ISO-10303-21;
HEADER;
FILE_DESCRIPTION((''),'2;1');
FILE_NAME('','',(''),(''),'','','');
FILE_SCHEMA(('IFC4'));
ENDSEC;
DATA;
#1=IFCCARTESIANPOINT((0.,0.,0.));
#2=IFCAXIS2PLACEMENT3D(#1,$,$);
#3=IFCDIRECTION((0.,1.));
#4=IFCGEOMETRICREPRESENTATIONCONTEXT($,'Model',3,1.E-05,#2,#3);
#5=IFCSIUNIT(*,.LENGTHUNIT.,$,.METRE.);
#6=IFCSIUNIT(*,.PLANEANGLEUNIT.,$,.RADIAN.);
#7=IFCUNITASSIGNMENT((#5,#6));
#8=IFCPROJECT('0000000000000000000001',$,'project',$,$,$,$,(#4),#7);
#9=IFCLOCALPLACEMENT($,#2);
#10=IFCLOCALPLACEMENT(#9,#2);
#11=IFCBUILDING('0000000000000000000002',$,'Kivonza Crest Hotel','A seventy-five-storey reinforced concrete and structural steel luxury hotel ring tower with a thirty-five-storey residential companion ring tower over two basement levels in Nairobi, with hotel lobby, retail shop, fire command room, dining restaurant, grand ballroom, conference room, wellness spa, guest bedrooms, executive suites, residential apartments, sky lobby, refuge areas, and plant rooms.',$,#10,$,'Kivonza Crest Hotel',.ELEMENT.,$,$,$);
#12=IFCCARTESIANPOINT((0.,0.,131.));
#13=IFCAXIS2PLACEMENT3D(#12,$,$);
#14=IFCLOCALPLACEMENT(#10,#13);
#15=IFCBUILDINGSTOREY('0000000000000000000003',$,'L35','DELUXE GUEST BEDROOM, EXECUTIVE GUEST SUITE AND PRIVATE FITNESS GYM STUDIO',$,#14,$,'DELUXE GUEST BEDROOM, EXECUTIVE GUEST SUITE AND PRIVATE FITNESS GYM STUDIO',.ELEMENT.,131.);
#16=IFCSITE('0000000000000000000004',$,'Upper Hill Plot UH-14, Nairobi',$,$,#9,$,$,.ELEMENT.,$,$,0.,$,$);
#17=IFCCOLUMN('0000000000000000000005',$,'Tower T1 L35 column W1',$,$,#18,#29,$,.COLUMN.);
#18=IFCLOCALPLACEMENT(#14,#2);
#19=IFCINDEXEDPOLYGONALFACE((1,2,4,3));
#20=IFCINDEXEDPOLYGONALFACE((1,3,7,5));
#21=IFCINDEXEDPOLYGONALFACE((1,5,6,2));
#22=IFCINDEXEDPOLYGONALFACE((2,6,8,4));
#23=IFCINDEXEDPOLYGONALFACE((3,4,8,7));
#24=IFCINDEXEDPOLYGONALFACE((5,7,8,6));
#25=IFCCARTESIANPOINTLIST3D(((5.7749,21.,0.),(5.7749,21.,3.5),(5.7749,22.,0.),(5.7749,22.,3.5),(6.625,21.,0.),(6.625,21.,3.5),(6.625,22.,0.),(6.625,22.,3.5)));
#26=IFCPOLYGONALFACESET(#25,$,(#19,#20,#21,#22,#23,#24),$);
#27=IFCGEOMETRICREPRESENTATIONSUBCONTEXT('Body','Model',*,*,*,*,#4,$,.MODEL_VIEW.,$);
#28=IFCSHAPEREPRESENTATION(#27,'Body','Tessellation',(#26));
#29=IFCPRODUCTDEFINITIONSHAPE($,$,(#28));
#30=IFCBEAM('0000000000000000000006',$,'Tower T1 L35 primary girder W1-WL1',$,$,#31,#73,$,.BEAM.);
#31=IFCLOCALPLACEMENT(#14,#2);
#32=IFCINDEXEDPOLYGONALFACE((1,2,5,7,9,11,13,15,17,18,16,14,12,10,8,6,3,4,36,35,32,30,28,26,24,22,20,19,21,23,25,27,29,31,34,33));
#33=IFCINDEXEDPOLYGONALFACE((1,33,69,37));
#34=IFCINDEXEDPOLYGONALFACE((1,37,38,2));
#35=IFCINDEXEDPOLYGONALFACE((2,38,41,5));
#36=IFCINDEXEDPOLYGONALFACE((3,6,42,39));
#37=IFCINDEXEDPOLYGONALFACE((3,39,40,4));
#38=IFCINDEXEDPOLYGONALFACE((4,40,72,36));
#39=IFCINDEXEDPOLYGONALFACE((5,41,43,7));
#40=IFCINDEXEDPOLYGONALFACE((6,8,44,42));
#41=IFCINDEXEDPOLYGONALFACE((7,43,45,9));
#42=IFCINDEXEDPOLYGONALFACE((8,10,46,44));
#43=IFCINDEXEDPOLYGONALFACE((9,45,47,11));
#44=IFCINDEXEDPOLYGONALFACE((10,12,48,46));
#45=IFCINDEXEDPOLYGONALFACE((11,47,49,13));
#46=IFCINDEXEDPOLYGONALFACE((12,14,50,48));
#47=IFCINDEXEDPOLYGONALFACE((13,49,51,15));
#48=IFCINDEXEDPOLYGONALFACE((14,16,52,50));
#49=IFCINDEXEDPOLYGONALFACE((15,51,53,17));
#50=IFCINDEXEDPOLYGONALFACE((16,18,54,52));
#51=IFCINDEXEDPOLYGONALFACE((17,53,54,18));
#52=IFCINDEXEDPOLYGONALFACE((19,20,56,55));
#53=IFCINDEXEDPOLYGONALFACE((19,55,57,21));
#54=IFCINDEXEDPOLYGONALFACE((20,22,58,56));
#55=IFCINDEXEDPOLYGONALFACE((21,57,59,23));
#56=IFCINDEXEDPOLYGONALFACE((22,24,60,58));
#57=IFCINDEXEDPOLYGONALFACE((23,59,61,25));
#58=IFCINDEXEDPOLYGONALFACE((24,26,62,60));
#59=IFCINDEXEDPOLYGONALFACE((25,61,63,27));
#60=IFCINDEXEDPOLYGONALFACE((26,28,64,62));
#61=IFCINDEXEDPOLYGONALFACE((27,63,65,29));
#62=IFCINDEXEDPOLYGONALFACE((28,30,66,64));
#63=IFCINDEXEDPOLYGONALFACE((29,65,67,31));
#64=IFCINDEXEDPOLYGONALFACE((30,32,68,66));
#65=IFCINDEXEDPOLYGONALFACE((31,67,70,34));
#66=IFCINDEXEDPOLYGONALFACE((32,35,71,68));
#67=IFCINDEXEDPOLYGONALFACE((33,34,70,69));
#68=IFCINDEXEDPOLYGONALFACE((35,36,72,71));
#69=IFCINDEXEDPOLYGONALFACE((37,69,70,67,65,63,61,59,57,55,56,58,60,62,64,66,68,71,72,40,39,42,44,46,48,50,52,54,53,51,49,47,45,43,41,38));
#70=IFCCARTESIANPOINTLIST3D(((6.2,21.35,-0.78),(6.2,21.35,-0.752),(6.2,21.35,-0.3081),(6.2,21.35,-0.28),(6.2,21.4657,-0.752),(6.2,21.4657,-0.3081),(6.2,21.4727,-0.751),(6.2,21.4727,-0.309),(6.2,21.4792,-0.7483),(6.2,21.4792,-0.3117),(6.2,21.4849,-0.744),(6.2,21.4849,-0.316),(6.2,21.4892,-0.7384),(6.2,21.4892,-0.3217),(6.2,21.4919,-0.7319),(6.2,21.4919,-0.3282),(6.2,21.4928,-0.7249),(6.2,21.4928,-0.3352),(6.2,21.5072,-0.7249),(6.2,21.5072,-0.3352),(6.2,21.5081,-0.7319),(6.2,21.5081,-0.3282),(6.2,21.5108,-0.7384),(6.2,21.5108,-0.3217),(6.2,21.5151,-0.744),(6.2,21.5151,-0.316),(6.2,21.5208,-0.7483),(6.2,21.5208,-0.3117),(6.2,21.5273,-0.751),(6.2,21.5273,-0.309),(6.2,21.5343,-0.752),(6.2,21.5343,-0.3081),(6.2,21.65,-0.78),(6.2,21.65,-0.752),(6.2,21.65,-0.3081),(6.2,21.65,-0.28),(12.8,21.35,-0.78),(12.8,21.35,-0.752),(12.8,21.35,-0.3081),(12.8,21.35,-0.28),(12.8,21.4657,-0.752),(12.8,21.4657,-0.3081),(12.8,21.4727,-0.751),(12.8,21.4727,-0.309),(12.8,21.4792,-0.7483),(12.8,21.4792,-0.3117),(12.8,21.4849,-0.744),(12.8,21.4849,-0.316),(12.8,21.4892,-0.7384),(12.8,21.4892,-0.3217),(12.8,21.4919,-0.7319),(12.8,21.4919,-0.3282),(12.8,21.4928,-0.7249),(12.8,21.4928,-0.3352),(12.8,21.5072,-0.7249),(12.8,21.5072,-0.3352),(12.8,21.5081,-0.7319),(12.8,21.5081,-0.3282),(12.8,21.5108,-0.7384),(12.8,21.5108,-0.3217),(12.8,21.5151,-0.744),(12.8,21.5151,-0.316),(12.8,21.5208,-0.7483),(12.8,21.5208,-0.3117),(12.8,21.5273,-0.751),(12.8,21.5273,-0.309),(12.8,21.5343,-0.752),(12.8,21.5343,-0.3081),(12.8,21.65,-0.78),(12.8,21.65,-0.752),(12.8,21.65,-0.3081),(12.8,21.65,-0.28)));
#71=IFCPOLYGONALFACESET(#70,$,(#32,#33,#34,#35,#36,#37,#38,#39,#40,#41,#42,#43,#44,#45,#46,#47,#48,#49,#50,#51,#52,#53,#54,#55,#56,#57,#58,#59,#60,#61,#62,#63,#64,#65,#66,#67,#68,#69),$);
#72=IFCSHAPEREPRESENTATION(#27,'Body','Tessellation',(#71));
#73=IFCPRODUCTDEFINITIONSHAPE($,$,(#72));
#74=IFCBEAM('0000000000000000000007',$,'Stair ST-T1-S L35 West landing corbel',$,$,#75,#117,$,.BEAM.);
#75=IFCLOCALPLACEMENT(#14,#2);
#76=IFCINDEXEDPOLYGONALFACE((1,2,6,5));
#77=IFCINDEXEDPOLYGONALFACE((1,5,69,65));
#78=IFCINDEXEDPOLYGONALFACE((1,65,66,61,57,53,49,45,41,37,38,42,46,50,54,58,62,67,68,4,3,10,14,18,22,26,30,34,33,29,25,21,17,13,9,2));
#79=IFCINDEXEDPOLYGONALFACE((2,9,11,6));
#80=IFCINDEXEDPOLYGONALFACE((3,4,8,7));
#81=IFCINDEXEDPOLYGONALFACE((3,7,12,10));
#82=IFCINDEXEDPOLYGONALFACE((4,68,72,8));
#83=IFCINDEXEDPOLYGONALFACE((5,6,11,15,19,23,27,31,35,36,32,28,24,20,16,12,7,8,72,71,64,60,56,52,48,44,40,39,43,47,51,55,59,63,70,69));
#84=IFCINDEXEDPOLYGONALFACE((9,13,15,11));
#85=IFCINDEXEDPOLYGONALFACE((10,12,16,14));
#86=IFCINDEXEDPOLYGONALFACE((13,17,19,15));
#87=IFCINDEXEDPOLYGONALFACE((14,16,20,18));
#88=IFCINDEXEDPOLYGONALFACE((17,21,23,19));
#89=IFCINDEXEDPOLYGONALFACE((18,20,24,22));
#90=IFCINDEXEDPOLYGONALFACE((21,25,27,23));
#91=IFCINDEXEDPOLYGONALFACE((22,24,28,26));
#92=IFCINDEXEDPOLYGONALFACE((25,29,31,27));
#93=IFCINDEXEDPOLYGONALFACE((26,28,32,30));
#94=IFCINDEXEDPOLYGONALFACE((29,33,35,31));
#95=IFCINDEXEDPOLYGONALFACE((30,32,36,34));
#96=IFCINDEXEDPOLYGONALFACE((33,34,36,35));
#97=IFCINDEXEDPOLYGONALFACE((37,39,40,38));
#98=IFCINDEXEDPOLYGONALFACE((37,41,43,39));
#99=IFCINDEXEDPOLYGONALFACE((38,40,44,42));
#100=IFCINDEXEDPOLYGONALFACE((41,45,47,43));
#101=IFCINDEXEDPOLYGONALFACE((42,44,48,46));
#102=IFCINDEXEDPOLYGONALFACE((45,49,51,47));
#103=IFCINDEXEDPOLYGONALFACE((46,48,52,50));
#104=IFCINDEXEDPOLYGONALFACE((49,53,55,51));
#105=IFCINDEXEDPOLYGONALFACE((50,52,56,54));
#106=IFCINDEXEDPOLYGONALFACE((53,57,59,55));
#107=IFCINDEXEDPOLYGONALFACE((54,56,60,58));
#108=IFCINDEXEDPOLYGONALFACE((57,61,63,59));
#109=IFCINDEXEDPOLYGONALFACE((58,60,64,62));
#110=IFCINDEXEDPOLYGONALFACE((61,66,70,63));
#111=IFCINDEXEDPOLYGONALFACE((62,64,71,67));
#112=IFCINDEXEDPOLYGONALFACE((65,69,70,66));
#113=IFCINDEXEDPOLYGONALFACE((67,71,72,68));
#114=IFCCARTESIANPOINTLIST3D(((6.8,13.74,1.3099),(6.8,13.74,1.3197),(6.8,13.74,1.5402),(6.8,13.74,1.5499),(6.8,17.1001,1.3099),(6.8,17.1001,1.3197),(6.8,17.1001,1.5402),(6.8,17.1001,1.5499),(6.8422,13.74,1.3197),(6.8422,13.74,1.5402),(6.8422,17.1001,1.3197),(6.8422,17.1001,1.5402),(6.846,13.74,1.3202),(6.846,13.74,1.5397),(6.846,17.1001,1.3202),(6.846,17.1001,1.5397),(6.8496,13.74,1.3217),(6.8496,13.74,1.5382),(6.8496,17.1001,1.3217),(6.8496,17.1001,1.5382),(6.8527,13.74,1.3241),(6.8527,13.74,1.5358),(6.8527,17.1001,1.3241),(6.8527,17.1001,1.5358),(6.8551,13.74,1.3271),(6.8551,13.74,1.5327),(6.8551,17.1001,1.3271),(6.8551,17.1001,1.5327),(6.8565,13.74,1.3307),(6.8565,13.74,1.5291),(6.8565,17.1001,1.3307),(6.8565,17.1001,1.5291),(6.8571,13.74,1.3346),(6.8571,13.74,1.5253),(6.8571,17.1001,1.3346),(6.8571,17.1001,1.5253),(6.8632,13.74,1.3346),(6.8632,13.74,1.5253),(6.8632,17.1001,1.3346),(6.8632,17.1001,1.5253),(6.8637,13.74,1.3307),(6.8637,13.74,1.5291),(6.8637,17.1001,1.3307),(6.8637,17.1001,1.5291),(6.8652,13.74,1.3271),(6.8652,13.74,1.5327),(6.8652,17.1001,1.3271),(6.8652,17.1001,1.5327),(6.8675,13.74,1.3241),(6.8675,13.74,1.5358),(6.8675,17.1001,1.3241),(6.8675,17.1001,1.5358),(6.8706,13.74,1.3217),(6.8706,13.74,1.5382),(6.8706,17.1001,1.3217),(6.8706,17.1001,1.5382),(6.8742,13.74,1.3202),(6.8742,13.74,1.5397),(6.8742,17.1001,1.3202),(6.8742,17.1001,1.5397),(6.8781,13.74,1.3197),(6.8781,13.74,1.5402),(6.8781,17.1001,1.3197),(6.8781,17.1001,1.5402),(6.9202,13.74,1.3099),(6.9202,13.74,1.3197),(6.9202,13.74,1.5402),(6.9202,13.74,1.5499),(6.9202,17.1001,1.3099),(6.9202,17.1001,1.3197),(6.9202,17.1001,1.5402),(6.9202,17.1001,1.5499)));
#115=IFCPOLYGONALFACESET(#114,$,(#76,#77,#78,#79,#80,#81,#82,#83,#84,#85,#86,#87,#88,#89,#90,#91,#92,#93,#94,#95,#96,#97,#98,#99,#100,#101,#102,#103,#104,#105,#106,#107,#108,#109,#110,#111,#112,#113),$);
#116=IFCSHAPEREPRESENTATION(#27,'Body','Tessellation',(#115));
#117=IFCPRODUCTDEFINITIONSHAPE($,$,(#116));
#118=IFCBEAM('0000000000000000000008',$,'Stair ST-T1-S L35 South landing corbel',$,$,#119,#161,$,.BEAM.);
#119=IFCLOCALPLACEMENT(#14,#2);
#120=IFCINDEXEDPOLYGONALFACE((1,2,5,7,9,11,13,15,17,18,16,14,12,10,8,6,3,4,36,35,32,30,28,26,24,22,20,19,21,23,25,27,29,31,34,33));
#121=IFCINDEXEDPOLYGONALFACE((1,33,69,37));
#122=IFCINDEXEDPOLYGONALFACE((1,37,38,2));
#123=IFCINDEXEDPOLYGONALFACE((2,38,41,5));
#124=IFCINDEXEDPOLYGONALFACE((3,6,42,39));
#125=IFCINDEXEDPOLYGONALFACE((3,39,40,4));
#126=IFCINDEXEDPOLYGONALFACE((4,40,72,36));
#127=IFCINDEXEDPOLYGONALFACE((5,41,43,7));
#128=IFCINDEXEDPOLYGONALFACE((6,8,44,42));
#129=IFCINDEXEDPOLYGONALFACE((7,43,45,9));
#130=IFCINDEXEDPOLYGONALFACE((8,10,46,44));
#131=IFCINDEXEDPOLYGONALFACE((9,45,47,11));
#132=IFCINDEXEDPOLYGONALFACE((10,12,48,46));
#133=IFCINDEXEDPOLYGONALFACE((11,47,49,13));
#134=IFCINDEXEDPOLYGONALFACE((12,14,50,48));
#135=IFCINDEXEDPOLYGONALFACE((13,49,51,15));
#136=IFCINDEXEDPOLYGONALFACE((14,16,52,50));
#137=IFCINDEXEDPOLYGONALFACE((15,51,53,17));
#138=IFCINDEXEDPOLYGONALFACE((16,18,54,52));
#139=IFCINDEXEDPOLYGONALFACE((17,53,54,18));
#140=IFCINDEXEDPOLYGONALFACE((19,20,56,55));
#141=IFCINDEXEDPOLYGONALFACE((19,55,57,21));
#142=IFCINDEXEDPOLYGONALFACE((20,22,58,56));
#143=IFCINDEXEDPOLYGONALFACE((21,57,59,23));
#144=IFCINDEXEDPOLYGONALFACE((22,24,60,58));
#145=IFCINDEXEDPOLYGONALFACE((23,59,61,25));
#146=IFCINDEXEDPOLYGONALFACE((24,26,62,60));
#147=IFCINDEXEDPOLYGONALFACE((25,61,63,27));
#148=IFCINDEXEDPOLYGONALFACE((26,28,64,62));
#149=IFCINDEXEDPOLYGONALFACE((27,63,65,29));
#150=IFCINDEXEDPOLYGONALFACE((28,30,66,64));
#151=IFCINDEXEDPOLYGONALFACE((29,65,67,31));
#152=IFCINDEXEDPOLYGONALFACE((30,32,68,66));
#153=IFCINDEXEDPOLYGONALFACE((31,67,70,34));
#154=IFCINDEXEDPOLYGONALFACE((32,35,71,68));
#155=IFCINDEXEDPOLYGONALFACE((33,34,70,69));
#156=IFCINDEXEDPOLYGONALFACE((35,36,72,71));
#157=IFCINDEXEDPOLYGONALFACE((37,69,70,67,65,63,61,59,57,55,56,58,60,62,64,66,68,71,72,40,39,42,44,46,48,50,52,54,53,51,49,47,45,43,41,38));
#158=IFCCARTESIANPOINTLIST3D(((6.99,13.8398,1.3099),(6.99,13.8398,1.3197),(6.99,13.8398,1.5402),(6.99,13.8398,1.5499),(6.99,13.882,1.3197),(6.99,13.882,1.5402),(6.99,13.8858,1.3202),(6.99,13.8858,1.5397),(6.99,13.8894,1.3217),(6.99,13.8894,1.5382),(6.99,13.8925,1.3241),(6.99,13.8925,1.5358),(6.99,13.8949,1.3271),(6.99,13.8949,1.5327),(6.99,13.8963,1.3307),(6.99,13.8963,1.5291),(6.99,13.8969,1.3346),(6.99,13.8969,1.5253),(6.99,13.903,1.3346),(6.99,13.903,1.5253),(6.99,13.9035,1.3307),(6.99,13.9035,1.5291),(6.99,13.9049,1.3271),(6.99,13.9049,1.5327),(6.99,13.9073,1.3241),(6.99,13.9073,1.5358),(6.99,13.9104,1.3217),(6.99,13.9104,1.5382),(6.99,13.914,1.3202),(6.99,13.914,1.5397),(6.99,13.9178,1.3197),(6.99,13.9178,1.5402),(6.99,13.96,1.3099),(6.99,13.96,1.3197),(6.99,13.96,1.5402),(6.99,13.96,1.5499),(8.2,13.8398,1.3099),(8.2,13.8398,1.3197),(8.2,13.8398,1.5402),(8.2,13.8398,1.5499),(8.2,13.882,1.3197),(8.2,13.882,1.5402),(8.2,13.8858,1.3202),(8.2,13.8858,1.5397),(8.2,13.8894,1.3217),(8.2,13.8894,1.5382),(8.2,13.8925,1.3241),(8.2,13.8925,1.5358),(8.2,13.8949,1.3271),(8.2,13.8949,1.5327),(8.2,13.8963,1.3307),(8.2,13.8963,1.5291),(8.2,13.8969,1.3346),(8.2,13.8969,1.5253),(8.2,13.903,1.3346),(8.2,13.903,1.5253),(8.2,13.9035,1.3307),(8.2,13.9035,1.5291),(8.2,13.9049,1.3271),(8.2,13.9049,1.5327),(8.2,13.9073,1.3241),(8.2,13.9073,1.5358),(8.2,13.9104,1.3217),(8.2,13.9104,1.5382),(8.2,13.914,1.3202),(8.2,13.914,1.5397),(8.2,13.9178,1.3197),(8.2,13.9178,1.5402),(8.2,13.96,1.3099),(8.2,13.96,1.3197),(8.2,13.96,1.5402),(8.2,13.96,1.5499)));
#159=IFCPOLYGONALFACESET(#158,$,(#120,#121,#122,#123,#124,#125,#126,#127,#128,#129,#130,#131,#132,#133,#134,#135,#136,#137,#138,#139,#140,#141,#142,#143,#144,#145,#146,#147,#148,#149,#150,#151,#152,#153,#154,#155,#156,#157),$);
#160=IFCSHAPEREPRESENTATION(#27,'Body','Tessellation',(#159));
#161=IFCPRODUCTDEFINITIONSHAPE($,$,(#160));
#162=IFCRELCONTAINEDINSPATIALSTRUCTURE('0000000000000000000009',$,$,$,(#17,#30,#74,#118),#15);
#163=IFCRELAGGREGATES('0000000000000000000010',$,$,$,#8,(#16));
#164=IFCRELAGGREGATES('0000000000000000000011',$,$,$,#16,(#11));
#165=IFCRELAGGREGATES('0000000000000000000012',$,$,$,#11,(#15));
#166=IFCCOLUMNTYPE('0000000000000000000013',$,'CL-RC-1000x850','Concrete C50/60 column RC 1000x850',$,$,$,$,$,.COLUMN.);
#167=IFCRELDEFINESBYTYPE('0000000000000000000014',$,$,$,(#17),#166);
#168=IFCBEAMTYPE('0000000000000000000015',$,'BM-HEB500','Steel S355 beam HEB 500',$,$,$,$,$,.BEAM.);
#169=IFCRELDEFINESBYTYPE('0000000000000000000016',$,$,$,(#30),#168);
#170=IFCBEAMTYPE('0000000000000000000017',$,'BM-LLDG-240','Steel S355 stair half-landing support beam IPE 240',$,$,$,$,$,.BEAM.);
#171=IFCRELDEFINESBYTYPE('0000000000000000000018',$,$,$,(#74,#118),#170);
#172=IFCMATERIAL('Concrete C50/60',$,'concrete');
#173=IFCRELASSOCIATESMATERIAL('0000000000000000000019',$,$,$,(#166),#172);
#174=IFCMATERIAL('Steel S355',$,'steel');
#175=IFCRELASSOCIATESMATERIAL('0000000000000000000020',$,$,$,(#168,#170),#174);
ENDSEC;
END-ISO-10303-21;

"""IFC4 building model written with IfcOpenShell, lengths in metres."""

from ifc_helpers import new_model, si_unit, direction, frame, origin, origin_2d, place, context, subcontext, project, spatial, rectangle, i_section, extrude, material, material_profile, profile_set, type_object, element, save


model = new_model("IFC4")

# Units and contexts
model_context = context("Model", 3, precision=1e-05, world=origin(), true_north=direction((0.0, 1.0)))
body_context = subcontext(model_context, "Body", "Model", "MODEL_VIEW")
ifc_project = project(units=[si_unit("LENGTHUNIT", "METRE"), si_unit("PLANEANGLEUNIT", "RADIAN")], contexts=[model_context])

# Site, building, storey
site_placement = place(None, origin())
site = spatial("IfcSite", under=ifc_project, at=site_placement, Name="Upper Hill Plot UH-14, Nairobi", CompositionType="ELEMENT", RefElevation=0.0)
building_placement = place(site_placement, origin())
building = spatial("IfcBuilding", under=site, at=building_placement, Name="Kivonza Crest Hotel", Description="A seventy-five-storey reinforced concrete and structural steel luxury hotel ring tower with a thirty-five-storey residential companion ring tower over two basement levels in Nairobi, with hotel lobby, retail shop, fire command room, dining restaurant, grand ballroom, conference room, wellness spa, guest bedrooms, executive suites, residential apartments, sky lobby, refuge areas, and plant rooms.", LongName="Kivonza Crest Hotel", CompositionType="ELEMENT")
storey_placement = place(building_placement, frame((0.0, 0.0, 131.0)))
storey = spatial("IfcBuildingStorey", under=building, at=storey_placement, Name="L35", Description="DELUXE GUEST BEDROOM, EXECUTIVE GUEST SUITE AND PRIVATE FITNESS GYM STUDIO", LongName="DELUXE GUEST BEDROOM, EXECUTIVE GUEST SUITE AND PRIVATE FITNESS GYM STUDIO", CompositionType="ELEMENT", Elevation=131.0)

# Column
ifc_material_1 = material(Name="Concrete C50/60", Category="concrete")
ifc_material_profile_1 = material_profile(ifc_material_1, rectangle(XDim=0.8501, YDim=1.0, at=origin_2d()), Name="RC 1000x850")
ifc_profile_set_1 = profile_set([ifc_material_profile_1], Name="Concrete C50/60")
column_type = type_object("IfcColumnType", Name="CL-RC-1000x850", Description="Concrete C50/60 column RC 1000x850", PredefinedType="COLUMN", material=ifc_profile_set_1)
column_placement = place(storey_placement, frame((6.2, 21.5, 0.0), z_axis=(0.0, 0.0, 1.0), x_axis=(1.0, 0.0, 0.0)))
element("IfcColumn", 1, at=column_placement, inside=storey, type_object=column_type, Name="Tower T1 L35 column W1", PredefinedType="COLUMN", context=body_context, shape_type="SweptSolid", body=[
    extrude(rectangle(XDim=0.8501, YDim=1.0, at=origin_2d()), origin(), (0.0, 0.0, 1.0), 3.5),
])

# Beams
ifc_material_2 = material(Name="Steel S355", Category="steel")
ifc_material_profile_2 = material_profile(ifc_material_2, i_section(OverallWidth=0.3, OverallDepth=0.5, WebThickness=0.0144, FlangeThickness=0.0281, FilletRadius=0.0271, at=origin_2d()), Name="HEB 500")
ifc_profile_set_2 = profile_set([ifc_material_profile_2], Name="Steel S355")
beam_type_1 = type_object("IfcBeamType", Name="BM-HEB500", Description="Steel S355 beam HEB 500", PredefinedType="BEAM", material=ifc_profile_set_2)
beam_1_placement = place(storey_placement, frame((6.2, 21.5, -0.53), z_axis=(1.0, 0.0, 0.0), x_axis=(0.0, 1.0, 0.0)))
element("IfcBeam", 2, at=beam_1_placement, inside=storey, type_object=beam_type_1, Name="Tower T1 L35 primary girder W1-WL1", PredefinedType="BEAM", context=body_context, shape_type="SweptSolid", body=[
    extrude(i_section(OverallWidth=0.3, OverallDepth=0.5, WebThickness=0.0144, FlangeThickness=0.0281, FilletRadius=0.0271, at=origin_2d()), origin(), (0.0, 0.0, 1.0), 6.6001),
])
ifc_material_profile_3 = material_profile(ifc_material_2, i_section(OverallWidth=0.1201, OverallDepth=0.24, WebThickness=0.0061, FlangeThickness=0.0098, FilletRadius=0.0149, at=origin_2d()), Name="IPE 240")
ifc_profile_set_3 = profile_set([ifc_material_profile_3], Name="Steel S355")
beam_type_2 = type_object("IfcBeamType", Name="BM-LLDG-240", Description="Steel S355 stair half-landing support beam IPE 240", PredefinedType="BEAM", material=ifc_profile_set_3)
beam_2_placement = place(storey_placement, frame((6.8601, 13.74, 1.4299), z_axis=(0.0, 1.0, 0.0), x_axis=(-1.0, 0.0, 0.0)))
element("IfcBeam", 3, at=beam_2_placement, inside=storey, type_object=beam_type_2, Name="Stair ST-T1-S L35 West landing corbel", PredefinedType="BEAM", context=body_context, shape_type="SweptSolid", body=[
    extrude(i_section(OverallWidth=0.1201, OverallDepth=0.24, WebThickness=0.0061, FlangeThickness=0.0098, FilletRadius=0.0149, at=origin_2d()), origin(), (0.0, 0.0, 1.0), 3.3601),
])
for number, where, z_axis, x_axis, name in (
    (4, (6.99, 13.8999, 1.4299), (1.0, 0.0, 0.0), (0.0, 1.0, 0.0), "Stair ST-T1-S L35 South landing corbel"),
):
    element("IfcBeam", number, at=place(storey_placement, frame(where, z_axis=z_axis, x_axis=x_axis)), inside=storey, type_object=beam_type_2, Name=name, PredefinedType="BEAM", context=body_context, shape_type="SweptSolid", body=[
        extrude(i_section(OverallWidth=0.1201, OverallDepth=0.24, WebThickness=0.0061, FlangeThickness=0.0098, FilletRadius=0.0149, at=origin_2d()), origin(), (0.0, 0.0, 1.0), 1.21),
    ])

save(model, "model.ifc")
